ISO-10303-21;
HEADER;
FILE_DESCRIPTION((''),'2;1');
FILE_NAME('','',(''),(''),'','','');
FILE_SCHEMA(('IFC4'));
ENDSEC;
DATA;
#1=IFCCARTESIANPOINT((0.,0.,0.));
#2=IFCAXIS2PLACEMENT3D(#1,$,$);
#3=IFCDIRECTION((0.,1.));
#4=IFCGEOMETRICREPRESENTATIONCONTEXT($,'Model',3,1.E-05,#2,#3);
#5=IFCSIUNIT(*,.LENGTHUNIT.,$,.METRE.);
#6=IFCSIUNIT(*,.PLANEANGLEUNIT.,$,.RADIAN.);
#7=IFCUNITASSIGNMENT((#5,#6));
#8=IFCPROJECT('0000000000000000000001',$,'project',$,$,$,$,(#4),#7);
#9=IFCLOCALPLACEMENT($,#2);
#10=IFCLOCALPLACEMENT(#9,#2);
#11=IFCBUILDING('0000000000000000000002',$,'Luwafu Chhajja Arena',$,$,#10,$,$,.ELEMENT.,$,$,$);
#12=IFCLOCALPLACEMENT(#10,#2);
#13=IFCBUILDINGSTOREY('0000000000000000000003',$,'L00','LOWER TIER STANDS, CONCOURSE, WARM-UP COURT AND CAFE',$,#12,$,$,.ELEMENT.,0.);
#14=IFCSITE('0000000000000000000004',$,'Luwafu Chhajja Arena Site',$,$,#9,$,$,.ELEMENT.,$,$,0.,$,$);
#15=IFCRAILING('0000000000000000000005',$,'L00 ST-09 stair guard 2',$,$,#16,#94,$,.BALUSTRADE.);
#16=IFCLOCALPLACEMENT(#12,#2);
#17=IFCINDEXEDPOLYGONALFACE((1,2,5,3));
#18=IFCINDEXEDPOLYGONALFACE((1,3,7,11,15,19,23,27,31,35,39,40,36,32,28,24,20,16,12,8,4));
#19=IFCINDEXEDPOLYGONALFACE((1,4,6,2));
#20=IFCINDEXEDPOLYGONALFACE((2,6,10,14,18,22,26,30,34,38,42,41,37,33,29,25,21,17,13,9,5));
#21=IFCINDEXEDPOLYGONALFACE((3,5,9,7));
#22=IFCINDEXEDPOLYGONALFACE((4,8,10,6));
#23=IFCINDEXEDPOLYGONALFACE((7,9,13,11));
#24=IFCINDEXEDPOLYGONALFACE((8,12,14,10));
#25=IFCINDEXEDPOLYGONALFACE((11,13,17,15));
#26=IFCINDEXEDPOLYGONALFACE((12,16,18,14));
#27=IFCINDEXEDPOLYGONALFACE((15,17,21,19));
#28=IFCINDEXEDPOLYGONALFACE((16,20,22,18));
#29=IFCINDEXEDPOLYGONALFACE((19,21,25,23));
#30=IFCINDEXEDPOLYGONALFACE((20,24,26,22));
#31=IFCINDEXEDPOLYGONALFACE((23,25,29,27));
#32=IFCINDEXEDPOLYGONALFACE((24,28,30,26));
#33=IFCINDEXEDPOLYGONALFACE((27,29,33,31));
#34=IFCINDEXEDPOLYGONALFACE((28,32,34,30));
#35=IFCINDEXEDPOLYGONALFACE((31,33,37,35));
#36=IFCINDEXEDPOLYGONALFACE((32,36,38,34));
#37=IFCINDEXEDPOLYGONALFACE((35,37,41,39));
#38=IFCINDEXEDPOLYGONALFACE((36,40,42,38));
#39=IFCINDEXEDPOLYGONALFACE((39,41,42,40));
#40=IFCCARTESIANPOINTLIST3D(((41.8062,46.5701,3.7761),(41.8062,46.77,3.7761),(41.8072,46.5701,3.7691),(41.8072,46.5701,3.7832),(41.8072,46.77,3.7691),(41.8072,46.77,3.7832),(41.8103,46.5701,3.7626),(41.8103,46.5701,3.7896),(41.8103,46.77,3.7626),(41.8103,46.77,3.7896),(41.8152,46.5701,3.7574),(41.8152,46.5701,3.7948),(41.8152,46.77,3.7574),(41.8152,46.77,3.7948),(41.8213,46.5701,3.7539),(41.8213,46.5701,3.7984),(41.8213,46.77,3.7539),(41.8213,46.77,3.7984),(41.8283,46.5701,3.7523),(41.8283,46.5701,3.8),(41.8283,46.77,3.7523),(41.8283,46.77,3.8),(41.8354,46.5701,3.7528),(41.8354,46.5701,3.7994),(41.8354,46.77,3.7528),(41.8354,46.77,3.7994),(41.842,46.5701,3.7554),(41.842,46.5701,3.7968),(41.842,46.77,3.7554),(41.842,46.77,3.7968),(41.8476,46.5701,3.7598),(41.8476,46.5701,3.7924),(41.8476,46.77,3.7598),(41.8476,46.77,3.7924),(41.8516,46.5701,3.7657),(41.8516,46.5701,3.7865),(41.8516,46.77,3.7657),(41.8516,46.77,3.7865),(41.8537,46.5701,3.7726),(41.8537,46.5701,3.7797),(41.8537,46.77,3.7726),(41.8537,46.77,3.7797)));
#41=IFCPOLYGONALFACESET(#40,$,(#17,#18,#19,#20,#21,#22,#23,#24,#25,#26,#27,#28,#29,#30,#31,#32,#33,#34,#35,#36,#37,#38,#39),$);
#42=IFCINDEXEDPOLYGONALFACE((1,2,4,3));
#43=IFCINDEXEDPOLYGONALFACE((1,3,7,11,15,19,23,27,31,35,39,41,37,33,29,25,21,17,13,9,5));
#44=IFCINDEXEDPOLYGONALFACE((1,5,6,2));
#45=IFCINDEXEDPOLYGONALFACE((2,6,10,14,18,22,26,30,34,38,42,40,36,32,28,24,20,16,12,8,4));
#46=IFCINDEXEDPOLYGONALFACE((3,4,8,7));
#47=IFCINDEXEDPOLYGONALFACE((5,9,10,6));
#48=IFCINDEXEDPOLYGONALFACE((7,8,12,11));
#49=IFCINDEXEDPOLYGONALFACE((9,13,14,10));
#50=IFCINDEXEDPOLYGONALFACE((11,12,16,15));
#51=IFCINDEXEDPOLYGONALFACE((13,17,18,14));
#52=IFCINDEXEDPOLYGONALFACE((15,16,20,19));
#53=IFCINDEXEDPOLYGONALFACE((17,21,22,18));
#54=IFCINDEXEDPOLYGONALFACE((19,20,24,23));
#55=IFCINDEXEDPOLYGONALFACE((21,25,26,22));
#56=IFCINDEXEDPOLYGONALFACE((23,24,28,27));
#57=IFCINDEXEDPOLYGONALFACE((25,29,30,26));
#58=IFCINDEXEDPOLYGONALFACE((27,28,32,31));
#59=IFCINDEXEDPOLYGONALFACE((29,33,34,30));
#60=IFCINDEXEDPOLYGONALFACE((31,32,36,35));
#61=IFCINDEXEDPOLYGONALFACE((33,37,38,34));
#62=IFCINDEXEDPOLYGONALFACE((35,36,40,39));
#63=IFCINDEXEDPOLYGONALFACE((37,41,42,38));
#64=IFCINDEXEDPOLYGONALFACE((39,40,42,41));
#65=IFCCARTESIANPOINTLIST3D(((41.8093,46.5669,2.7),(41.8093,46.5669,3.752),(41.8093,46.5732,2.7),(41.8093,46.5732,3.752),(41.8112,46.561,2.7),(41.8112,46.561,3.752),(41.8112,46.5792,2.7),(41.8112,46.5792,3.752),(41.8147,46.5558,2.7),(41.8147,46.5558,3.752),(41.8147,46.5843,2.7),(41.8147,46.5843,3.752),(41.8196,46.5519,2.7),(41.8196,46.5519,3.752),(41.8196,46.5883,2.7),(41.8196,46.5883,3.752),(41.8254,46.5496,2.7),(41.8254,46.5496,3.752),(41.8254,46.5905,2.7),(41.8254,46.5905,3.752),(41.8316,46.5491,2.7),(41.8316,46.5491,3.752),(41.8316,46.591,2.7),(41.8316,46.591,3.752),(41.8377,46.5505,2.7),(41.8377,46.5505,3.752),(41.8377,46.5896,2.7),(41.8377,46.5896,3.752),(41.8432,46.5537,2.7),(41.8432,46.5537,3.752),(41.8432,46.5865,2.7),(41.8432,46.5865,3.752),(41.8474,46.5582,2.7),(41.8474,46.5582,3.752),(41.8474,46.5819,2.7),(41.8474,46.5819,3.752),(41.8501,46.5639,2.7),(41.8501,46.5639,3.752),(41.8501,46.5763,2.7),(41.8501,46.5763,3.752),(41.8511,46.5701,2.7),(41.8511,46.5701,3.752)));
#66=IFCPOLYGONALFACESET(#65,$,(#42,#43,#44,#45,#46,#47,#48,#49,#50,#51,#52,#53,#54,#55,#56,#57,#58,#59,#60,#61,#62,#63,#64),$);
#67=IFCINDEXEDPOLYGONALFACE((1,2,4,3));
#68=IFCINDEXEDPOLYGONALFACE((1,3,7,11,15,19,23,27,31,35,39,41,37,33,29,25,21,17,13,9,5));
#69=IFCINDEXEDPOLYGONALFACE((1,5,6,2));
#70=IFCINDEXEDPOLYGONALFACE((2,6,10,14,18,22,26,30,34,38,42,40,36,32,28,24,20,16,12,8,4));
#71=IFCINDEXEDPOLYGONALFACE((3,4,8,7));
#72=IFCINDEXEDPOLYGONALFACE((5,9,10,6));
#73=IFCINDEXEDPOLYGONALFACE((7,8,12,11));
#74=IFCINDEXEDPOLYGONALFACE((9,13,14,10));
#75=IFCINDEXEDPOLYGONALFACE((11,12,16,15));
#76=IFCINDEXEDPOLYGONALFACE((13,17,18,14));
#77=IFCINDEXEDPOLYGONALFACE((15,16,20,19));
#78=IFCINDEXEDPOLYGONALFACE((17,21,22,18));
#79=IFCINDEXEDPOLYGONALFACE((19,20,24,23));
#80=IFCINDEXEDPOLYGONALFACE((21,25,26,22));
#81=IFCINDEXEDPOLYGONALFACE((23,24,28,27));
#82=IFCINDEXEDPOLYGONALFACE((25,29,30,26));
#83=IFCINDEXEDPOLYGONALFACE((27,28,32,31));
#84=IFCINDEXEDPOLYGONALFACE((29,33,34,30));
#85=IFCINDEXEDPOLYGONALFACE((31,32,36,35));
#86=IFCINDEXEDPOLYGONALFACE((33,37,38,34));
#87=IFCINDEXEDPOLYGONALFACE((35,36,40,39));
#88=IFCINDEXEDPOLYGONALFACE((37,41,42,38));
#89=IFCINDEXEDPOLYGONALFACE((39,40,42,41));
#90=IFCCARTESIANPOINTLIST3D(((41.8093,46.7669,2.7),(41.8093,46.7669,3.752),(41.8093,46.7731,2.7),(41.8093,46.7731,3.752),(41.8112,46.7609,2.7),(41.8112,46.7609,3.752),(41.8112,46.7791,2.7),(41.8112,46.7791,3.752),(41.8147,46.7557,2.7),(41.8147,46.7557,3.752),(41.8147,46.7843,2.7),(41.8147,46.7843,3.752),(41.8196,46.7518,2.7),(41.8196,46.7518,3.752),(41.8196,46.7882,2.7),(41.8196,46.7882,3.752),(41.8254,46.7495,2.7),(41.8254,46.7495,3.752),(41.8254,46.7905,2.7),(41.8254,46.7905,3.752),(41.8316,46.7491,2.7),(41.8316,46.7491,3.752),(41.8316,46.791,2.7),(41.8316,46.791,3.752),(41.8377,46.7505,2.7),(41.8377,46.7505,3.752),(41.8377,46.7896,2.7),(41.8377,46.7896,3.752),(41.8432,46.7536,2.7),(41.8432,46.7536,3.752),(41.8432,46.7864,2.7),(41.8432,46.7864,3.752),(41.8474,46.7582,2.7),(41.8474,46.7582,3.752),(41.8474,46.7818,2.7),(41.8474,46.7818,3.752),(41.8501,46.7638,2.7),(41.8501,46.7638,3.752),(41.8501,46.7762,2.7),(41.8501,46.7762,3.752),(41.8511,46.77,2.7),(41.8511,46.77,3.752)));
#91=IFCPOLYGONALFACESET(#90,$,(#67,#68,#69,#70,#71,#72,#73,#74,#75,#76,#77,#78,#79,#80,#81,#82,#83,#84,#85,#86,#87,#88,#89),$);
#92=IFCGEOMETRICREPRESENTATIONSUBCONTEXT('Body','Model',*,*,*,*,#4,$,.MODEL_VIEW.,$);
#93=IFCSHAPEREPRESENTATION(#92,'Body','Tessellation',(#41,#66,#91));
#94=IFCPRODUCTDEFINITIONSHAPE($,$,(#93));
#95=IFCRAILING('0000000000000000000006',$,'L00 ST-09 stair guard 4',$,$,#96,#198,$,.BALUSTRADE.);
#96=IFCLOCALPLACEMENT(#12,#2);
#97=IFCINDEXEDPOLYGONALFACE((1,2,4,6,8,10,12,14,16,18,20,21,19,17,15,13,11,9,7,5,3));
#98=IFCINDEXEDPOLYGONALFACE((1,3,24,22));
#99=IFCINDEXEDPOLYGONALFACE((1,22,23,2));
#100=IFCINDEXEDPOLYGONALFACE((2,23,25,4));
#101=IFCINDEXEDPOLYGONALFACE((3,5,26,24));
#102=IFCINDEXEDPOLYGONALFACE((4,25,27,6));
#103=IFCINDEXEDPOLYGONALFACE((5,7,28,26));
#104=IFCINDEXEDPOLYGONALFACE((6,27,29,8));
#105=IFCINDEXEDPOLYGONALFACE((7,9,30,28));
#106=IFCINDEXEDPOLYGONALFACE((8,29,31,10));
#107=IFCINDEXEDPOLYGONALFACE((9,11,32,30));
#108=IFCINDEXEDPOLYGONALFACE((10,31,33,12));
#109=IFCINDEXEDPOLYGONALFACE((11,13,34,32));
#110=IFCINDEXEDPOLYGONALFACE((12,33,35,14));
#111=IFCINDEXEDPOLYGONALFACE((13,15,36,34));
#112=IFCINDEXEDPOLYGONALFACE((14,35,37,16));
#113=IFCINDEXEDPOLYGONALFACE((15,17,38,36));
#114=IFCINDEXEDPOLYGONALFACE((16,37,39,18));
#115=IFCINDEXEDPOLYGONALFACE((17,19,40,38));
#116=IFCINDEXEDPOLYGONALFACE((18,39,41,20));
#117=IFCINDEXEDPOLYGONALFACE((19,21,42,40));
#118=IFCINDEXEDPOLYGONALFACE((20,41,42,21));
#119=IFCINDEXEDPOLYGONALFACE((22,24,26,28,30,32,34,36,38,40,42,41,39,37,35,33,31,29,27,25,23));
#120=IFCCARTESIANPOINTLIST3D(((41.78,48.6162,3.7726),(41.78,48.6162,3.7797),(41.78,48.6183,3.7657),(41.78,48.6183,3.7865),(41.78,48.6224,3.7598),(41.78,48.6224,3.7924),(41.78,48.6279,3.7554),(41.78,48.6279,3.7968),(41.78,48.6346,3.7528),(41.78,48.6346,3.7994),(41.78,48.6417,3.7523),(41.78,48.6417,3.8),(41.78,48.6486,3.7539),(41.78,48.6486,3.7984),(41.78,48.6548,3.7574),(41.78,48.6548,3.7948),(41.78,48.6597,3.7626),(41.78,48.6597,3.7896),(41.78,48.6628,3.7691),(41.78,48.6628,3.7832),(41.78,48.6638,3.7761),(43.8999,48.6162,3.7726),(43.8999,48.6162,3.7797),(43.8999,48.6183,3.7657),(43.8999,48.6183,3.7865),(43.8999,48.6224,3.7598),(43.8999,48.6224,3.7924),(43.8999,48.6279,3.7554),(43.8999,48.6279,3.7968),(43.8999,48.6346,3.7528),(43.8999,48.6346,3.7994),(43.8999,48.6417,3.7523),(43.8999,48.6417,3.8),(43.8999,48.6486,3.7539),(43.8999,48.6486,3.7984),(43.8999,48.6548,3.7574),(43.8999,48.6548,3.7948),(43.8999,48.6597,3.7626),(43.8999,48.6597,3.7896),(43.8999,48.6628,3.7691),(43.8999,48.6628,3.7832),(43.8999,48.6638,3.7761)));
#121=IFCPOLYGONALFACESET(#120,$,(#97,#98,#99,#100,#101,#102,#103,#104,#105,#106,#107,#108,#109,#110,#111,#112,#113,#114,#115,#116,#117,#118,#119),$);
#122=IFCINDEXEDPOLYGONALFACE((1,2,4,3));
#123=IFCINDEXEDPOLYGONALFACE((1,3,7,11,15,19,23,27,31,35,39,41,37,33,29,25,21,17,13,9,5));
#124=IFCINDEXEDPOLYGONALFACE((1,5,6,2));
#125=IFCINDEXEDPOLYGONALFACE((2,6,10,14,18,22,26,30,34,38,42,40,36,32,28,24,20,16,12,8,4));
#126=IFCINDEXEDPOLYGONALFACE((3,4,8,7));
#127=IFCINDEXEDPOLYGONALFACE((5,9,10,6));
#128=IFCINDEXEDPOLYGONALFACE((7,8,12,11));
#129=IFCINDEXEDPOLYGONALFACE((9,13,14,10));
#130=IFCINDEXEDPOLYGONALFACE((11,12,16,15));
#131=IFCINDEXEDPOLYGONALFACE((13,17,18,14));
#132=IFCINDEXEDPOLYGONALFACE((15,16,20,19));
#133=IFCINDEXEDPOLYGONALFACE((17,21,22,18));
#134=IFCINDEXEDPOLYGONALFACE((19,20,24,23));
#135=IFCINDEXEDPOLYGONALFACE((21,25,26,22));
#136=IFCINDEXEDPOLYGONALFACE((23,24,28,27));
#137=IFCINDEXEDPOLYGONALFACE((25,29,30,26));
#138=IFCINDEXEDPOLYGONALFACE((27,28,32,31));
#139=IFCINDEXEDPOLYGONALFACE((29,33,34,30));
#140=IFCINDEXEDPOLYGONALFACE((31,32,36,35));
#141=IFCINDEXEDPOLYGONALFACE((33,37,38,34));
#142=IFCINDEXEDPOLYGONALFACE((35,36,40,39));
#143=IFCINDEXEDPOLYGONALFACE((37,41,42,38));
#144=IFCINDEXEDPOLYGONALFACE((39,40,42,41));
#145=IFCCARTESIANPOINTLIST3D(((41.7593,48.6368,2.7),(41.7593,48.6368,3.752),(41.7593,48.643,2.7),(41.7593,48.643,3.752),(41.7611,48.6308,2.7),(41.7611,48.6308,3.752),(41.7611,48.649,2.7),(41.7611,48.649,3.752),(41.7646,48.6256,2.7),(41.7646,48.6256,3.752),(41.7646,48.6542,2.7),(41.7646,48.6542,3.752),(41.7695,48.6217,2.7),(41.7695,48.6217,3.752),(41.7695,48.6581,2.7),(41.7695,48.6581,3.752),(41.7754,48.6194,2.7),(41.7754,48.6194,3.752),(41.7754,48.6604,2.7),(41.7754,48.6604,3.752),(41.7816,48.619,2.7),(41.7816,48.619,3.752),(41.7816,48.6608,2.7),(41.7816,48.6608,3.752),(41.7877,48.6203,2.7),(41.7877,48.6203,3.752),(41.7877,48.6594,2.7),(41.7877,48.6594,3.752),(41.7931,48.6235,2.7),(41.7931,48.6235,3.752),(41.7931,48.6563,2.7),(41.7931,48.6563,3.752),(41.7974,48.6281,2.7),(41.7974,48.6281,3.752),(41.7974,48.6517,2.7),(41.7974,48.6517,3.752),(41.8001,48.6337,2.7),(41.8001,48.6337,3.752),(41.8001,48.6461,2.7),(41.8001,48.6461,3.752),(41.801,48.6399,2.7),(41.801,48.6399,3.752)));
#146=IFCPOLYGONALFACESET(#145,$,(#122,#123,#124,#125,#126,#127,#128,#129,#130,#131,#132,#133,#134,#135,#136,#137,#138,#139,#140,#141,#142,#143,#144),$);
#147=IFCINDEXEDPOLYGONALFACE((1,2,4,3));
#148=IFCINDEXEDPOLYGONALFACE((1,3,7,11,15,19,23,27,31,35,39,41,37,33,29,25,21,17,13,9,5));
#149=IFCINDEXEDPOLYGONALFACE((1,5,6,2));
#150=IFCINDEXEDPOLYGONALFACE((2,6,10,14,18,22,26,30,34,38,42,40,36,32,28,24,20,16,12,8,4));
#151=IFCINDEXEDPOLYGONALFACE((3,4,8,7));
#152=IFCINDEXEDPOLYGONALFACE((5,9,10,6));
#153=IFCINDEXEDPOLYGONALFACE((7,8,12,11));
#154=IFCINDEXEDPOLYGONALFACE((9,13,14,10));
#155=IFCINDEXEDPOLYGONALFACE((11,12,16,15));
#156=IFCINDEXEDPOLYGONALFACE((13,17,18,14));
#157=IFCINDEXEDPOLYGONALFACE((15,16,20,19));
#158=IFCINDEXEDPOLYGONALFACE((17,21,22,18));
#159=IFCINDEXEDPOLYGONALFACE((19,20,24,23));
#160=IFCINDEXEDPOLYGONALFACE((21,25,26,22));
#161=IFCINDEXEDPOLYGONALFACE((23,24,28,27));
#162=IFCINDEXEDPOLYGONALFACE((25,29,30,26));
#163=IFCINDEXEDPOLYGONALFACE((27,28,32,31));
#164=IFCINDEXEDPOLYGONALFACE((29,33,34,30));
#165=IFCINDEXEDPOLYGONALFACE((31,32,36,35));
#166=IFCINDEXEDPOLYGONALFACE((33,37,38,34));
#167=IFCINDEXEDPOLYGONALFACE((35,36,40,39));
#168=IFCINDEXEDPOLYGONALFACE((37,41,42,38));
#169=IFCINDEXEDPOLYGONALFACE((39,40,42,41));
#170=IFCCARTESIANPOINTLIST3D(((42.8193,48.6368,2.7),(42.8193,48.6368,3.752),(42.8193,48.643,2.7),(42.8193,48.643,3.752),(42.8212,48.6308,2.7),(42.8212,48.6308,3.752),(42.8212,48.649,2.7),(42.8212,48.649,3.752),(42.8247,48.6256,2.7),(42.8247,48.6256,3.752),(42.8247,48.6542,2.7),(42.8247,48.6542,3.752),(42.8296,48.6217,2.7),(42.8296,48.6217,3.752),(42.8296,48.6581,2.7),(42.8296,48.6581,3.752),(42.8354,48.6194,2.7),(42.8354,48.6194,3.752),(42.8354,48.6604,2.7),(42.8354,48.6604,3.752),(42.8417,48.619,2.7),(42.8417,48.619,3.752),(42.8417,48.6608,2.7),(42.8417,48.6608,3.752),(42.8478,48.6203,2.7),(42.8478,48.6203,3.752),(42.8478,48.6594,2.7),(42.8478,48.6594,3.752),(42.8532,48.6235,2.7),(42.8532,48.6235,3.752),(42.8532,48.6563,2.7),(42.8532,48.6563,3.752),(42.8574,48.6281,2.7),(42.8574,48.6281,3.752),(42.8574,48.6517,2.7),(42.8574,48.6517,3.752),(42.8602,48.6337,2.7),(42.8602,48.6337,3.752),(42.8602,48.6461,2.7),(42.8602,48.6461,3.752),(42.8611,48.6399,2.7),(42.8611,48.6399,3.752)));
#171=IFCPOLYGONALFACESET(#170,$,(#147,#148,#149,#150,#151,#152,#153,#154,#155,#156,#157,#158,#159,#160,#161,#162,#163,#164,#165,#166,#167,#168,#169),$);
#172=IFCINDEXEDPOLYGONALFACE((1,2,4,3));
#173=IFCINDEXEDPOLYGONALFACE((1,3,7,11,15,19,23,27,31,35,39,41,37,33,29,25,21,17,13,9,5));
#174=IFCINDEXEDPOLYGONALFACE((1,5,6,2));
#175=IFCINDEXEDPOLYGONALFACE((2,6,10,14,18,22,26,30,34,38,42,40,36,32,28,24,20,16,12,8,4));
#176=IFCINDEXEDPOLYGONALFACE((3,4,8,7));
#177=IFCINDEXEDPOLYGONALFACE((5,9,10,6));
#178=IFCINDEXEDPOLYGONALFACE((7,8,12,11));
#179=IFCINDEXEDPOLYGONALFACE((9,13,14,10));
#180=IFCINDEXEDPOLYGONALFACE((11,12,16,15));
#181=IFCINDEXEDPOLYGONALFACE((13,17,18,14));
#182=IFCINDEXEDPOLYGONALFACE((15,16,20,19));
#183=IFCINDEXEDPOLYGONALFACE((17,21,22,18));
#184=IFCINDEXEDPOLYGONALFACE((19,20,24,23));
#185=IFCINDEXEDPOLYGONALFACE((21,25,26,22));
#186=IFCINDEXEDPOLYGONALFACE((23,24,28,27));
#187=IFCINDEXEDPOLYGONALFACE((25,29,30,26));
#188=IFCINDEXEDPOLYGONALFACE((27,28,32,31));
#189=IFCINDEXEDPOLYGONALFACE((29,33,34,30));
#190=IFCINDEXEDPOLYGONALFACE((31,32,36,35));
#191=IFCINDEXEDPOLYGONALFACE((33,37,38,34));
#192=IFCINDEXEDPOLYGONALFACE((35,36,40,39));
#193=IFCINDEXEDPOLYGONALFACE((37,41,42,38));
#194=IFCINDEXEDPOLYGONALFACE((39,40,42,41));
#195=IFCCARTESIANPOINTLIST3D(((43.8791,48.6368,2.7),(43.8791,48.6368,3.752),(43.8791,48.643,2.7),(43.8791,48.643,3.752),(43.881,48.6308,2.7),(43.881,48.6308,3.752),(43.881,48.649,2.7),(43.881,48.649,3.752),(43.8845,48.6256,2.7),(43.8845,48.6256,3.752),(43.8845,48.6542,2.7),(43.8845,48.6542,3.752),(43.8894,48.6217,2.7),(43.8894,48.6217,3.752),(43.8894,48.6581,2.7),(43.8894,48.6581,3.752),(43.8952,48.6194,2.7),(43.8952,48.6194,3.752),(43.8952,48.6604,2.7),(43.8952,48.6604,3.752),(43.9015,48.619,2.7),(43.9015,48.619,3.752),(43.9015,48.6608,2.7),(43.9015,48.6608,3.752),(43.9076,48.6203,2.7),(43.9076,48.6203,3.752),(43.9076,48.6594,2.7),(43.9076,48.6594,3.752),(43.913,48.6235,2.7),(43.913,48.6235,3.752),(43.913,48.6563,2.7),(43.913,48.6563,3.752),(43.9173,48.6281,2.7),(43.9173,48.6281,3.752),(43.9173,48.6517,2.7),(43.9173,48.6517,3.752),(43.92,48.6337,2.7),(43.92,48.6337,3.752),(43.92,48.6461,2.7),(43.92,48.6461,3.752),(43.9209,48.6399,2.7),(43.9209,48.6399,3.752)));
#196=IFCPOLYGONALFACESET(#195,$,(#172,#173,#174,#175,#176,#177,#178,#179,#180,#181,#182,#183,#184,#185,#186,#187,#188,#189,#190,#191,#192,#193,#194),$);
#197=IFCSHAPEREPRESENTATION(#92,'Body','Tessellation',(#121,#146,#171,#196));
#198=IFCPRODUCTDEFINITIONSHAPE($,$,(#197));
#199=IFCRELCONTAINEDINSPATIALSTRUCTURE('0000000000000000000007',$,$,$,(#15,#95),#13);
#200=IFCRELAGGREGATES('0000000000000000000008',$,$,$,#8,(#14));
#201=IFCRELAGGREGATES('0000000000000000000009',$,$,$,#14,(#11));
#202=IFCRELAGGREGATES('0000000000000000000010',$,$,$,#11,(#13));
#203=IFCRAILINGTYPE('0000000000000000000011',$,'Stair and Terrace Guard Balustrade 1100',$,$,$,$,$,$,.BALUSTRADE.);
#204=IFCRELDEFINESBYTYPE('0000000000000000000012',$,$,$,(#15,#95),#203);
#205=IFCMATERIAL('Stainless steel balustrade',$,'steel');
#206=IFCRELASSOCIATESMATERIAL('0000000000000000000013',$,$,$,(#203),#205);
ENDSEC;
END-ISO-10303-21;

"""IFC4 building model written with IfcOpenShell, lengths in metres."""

from ifc_helpers import new_model, si_unit, direction, frame, origin, origin_2d, place, context, subcontext, project, spatial, circle, extrude, material, type_object, element, save


model = new_model("IFC4")

# Units and contexts
model_context = context("Model", 3, precision=1e-05, world=origin(), true_north=direction((0.0, 1.0)))
body_context = subcontext(model_context, "Body", "Model", "MODEL_VIEW")
ifc_project = project(units=[si_unit("LENGTHUNIT", "METRE"), si_unit("PLANEANGLEUNIT", "RADIAN")], contexts=[model_context])

# Site, building, storey
site_placement = place(None, origin())
site = spatial("IfcSite", under=ifc_project, at=site_placement, Name="Luwafu Chhajja Arena Site", CompositionType="ELEMENT", RefElevation=0.0)
building_placement = place(site_placement, origin())
building = spatial("IfcBuilding", under=site, at=building_placement, Name="Luwafu Chhajja Arena", CompositionType="ELEMENT")
storey_placement = place(building_placement, origin())
storey = spatial("IfcBuildingStorey", under=building, at=storey_placement, Name="L00", Description="LOWER TIER STANDS, CONCOURSE, WARM-UP COURT AND CAFE", CompositionType="ELEMENT", Elevation=0.0)

# Railings
ifc_material_1 = material(Name="Stainless steel balustrade", Category="steel")
railing_type_1 = type_object("IfcRailingType", Name="Stair and Terrace Guard Balustrade 1100", PredefinedType="BALUSTRADE", material=ifc_material_1)
railing_1_placement = place(storey_placement, frame((41.8301, 46.5701, 2.7)))
element("IfcRailing", 1, at=railing_1_placement, inside=storey, type_object=railing_type_1, Name="L00 ST-09 stair guard 2", PredefinedType="BALUSTRADE", context=body_context, shape_type="SweptSolid", body=[
    extrude(circle(Radius=0.0239, at=origin_2d()), frame((0.0, 0.0, 1.0762), z_axis=(0.0, 1.0, 0.0), x_axis=(-1.0, 0.0, 0.0)), (0.0, 0.0, 1.0), 0.2),
    extrude(circle(Radius=0.021, at=origin_2d()), origin(), (0.0, 0.0, 1.0), 1.052),
    extrude(circle(Radius=0.021, at=origin_2d()), frame((0.0, 0.2, 0.0)), (0.0, 0.0, 1.0), 1.052),
])
railing_2_placement = place(storey_placement, frame((41.78, 48.6399, 2.7)))
element("IfcRailing", 2, at=railing_2_placement, inside=storey, type_object=railing_type_1, Name="L00 ST-09 stair guard 4", PredefinedType="BALUSTRADE", context=body_context, shape_type="SweptSolid", body=[
    extrude(circle(Radius=0.0239, at=origin_2d()), frame((0.0, 0.0, 1.0762), z_axis=(1.0, 0.0, 0.0), x_axis=(0.0, 1.0, 0.0)), (0.0, 0.0, 1.0), 2.1199),
    extrude(circle(Radius=0.021, at=origin_2d()), origin(), (0.0, 0.0, 1.0), 1.052),
    extrude(circle(Radius=0.021, at=origin_2d()), frame((1.0601, 0.0, 0.0)), (0.0, 0.0, 1.0), 1.052),
    extrude(circle(Radius=0.021, at=origin_2d()), frame((2.1199, 0.0, 0.0)), (0.0, 0.0, 1.0), 1.052),
])

save(model, "model.ifc")
